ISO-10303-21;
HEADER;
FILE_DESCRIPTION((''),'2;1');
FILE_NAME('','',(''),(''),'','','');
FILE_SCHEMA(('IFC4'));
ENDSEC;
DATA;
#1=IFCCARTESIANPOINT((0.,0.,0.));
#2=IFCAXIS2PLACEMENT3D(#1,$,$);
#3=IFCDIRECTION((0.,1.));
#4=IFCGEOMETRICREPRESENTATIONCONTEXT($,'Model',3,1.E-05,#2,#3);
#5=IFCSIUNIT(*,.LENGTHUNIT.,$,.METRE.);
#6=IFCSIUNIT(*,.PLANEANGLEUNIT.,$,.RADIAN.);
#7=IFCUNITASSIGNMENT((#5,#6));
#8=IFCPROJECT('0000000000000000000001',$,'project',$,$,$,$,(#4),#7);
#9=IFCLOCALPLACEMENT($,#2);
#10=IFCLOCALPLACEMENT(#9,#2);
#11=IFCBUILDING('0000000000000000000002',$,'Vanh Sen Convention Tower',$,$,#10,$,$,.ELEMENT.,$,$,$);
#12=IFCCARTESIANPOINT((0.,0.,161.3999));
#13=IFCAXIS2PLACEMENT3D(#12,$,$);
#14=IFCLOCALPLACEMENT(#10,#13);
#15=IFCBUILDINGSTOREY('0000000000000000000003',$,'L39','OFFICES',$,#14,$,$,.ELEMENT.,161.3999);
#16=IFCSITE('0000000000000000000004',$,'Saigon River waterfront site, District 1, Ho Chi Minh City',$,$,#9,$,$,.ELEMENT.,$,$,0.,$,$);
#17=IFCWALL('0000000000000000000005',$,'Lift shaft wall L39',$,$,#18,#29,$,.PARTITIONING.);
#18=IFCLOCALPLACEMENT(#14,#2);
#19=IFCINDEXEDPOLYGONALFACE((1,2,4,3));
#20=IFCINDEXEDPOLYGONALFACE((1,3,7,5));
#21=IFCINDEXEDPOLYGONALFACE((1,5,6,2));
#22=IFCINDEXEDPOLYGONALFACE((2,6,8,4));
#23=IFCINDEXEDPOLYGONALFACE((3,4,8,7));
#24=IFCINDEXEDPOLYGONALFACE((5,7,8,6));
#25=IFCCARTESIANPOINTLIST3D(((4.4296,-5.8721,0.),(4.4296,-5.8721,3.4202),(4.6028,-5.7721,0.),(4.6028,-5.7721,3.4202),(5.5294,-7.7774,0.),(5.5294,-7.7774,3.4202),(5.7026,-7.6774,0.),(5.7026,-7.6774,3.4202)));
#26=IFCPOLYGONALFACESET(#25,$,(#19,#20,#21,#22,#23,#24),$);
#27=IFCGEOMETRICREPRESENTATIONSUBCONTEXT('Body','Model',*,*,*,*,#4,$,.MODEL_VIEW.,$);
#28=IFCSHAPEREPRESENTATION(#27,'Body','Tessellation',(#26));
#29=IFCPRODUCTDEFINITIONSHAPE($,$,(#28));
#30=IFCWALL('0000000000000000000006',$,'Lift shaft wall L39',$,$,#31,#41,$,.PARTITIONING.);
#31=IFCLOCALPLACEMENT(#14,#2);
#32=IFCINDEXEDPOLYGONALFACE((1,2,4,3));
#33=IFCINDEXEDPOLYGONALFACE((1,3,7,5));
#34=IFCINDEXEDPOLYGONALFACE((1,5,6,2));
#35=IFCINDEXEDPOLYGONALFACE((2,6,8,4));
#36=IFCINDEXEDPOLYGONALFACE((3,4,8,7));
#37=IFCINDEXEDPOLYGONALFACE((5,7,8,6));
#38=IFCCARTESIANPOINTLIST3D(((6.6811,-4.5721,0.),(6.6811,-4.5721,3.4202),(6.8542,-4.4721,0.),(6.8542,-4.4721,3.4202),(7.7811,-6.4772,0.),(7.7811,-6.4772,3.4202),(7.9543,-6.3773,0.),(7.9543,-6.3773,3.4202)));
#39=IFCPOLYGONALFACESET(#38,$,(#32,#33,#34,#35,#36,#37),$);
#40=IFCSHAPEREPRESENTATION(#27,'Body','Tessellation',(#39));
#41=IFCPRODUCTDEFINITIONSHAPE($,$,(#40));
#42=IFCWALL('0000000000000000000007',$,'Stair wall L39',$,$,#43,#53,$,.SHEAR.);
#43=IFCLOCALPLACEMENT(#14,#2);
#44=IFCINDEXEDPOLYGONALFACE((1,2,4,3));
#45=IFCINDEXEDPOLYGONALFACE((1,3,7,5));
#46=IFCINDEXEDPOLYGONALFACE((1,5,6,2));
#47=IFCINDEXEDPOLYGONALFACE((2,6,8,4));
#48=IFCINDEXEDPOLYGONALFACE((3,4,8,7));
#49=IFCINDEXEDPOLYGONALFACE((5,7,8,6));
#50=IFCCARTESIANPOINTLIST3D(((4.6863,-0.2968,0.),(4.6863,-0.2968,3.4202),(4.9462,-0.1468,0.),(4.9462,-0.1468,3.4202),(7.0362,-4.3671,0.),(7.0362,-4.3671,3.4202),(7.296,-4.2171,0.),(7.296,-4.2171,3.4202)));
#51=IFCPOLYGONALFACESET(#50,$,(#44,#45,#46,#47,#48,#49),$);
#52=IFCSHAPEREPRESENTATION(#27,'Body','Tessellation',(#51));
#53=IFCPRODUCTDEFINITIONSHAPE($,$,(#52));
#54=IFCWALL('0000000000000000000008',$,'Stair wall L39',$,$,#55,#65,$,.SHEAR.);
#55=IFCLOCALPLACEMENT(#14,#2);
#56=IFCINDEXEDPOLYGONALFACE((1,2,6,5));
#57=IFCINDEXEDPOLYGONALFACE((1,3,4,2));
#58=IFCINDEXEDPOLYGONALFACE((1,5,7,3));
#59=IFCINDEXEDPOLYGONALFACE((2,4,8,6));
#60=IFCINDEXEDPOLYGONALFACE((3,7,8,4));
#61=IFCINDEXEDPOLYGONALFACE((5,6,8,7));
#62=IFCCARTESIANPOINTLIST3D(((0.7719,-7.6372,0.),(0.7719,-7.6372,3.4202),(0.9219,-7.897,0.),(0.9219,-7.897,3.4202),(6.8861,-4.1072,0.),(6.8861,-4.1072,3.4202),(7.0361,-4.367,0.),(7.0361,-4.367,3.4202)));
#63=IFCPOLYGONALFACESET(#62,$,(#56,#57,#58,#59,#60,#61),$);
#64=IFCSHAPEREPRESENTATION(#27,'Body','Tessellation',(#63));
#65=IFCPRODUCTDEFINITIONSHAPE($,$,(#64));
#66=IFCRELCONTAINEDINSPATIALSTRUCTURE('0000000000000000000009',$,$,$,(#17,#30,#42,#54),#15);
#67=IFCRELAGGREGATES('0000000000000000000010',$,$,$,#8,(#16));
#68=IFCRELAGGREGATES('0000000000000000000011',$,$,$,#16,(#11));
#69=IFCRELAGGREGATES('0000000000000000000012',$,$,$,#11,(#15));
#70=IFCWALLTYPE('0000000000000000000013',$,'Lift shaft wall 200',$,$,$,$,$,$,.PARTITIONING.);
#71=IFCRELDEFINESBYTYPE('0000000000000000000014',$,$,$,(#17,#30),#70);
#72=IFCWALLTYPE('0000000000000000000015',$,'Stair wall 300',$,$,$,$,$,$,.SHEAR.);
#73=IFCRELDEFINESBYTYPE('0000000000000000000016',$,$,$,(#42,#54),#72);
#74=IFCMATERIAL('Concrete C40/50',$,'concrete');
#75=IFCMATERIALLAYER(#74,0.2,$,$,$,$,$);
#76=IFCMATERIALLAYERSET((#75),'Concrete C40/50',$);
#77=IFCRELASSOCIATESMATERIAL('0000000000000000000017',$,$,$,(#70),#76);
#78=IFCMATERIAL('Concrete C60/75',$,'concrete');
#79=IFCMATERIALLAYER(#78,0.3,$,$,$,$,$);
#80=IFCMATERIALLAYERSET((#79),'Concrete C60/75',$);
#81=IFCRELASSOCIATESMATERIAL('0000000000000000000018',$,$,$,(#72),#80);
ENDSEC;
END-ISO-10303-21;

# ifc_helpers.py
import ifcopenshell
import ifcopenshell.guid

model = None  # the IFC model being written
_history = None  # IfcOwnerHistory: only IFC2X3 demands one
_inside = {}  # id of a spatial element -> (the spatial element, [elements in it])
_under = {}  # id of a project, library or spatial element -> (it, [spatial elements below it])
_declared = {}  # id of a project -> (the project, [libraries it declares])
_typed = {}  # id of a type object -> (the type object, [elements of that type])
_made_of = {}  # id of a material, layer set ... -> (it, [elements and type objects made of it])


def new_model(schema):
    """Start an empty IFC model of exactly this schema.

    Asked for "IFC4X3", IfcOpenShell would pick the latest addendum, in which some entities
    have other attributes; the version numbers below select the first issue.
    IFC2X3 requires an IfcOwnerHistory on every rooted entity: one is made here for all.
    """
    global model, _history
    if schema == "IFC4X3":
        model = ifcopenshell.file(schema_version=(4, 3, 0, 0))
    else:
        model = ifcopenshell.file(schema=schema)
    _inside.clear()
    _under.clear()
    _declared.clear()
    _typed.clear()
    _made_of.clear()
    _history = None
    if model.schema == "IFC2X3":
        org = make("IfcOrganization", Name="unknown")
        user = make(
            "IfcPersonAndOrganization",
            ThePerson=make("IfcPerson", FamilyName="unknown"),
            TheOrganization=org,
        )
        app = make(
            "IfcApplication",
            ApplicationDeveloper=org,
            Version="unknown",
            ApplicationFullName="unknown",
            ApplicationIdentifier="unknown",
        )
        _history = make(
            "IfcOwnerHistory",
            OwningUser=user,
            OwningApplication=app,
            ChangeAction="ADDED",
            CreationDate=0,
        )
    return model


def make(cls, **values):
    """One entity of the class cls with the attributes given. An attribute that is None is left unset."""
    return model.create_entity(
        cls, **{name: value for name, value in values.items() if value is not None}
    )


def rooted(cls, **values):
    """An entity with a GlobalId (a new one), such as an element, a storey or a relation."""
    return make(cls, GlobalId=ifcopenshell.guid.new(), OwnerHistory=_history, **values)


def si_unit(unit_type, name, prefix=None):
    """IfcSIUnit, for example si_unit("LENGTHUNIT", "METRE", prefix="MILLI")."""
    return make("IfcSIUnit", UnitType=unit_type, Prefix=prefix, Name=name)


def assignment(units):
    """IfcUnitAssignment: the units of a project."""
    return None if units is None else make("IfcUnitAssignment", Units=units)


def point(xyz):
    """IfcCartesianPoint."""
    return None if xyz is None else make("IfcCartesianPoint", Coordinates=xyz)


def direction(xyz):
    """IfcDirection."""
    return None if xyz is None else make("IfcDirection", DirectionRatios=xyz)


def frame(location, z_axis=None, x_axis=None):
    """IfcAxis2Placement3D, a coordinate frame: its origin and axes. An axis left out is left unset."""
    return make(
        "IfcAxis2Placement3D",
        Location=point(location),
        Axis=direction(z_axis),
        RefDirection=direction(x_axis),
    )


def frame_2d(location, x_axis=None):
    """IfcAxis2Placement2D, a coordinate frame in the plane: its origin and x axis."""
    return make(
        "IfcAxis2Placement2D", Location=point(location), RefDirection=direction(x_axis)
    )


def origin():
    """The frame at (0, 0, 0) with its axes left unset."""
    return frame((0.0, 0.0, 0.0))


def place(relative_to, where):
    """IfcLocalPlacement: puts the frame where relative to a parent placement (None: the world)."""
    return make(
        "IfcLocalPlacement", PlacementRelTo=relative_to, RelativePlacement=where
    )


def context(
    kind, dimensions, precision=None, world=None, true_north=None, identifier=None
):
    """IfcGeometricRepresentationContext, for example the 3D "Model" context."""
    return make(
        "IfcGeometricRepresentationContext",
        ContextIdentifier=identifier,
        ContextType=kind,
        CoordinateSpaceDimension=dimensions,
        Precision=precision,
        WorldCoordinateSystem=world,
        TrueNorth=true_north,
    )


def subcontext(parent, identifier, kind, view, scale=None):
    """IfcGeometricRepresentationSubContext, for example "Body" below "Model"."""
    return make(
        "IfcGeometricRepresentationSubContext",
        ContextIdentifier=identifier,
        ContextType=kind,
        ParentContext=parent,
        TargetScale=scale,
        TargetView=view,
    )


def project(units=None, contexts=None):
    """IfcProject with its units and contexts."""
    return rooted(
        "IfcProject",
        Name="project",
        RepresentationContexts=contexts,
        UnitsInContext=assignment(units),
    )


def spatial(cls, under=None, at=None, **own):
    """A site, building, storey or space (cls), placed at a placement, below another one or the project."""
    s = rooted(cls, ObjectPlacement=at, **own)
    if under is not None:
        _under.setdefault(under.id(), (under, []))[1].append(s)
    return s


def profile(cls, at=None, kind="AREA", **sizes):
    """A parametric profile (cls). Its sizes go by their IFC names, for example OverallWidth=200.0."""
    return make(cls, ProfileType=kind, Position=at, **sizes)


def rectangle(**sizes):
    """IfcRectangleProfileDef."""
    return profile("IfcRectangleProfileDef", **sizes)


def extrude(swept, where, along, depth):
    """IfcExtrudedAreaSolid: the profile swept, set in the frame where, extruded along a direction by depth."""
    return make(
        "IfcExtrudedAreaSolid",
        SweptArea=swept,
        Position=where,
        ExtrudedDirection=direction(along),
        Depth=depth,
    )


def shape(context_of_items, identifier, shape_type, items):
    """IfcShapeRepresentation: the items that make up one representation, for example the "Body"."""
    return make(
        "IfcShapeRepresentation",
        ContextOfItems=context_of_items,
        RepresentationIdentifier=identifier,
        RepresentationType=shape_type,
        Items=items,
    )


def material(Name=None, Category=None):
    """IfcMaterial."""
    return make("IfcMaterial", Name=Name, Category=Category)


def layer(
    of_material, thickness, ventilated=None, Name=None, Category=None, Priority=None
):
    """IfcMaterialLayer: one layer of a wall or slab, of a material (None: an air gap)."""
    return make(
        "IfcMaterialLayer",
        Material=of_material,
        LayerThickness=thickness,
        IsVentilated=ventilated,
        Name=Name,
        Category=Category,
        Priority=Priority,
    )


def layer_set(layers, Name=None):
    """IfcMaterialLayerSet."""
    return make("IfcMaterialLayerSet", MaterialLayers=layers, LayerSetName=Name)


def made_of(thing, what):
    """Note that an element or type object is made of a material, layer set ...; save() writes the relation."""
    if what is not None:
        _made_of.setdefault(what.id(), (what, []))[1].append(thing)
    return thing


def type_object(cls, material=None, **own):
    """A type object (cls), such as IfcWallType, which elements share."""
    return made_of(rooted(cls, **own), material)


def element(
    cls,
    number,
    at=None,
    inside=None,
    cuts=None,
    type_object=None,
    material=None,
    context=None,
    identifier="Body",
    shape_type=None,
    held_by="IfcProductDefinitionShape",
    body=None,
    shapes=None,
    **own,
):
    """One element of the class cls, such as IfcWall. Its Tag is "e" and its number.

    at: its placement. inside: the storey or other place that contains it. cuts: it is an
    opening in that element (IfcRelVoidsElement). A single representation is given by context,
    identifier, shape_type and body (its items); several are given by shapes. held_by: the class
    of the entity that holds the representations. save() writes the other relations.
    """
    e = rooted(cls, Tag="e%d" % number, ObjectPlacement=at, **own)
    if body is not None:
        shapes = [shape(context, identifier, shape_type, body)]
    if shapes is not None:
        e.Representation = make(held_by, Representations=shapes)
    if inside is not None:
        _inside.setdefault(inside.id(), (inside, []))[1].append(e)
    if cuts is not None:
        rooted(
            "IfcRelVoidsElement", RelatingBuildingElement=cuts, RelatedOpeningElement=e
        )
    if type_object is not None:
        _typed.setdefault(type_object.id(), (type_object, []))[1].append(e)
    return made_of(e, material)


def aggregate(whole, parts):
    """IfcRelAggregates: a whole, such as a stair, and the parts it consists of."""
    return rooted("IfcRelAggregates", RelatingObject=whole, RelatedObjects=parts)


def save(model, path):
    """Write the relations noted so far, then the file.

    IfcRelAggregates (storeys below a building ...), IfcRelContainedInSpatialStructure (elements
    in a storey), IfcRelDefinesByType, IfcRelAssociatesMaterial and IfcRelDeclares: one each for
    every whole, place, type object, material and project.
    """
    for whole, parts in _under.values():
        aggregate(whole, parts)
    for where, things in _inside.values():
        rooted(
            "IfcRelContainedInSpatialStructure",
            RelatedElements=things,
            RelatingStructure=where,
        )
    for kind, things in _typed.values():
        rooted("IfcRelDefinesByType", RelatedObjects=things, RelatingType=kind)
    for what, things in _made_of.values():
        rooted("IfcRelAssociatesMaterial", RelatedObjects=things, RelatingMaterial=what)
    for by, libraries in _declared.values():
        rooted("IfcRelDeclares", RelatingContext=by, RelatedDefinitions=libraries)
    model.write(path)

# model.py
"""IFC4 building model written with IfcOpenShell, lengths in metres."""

from ifc_helpers import new_model, si_unit, direction, frame, frame_2d, origin, place, context, subcontext, project, spatial, rectangle, extrude, material, layer, layer_set, type_object, element, save


model = new_model("IFC4")

# Units and contexts
model_context = context("Model", 3, precision=1e-05, world=origin(), true_north=direction((0.0, 1.0)))
body_context = subcontext(model_context, "Body", "Model", "MODEL_VIEW")
ifc_project = project(units=[si_unit("LENGTHUNIT", "METRE"), si_unit("PLANEANGLEUNIT", "RADIAN")], contexts=[model_context])

# Site, building, storey
site_placement = place(None, origin())
site = spatial("IfcSite", under=ifc_project, at=site_placement, Name="Saigon River waterfront site, District 1, Ho Chi Minh City", CompositionType="ELEMENT", RefElevation=0.0)
building_placement = place(site_placement, origin())
building = spatial("IfcBuilding", under=site, at=building_placement, Name="Vanh Sen Convention Tower", CompositionType="ELEMENT")
storey_placement = place(building_placement, frame((0.0, 0.0, 161.3999)))
storey = spatial("IfcBuildingStorey", under=building, at=storey_placement, Name="L39", Description="OFFICES", CompositionType="ELEMENT", Elevation=161.3999)

# Shared definitions
ifc_material_1 = material(Name="Concrete C40/50", Category="concrete")

# Walls
ifc_layer_1 = layer(ifc_material_1, 0.2)
ifc_layer_set_1 = layer_set([ifc_layer_1], Name="Concrete C40/50")
wall_type_1 = type_object("IfcWallType", Name="Lift shaft wall 200", PredefinedType="PARTITIONING", material=ifc_layer_set_1)
for number, where, z_axis, x_axis, name in (
    (1, (4.5161, -5.822, 0.0), (0.0, 0.0, 1.0), (0.499947, -0.866056, 0.0), "Lift shaft wall L39"),
    (2, (6.7676, -4.522, 0.0), (0.0, 0.0, 1.0), (0.50003, -0.866008, 0.0), "Lift shaft wall L39"),
):
    element("IfcWall", number, at=place(storey_placement, frame(where, z_axis=z_axis, x_axis=x_axis)), inside=storey, type_object=wall_type_1, Name=name, PredefinedType="PARTITIONING", context=body_context, shape_type="SweptSolid", body=[
        extrude(rectangle(XDim=2.2, YDim=0.2, at=frame_2d((1.1001, 0.0))), origin(), (0.0, 0.0, 1.0), 3.4202),
    ])
ifc_material_2 = material(Name="Concrete C60/75", Category="concrete")
ifc_layer_2 = layer(ifc_material_2, 0.3)
ifc_layer_set_2 = layer_set([ifc_layer_2], Name="Concrete C60/75")
wall_type_2 = type_object("IfcWallType", Name="Stair wall 300", PredefinedType="SHEAR", material=ifc_layer_set_2)
wall_1_placement = place(storey_placement, frame((4.8162, -0.2217, 0.0), z_axis=(0.0, 0.0, 1.0), x_axis=(0.499977, -0.866039, 0.0)))
element("IfcWall", 3, at=wall_1_placement, inside=storey, type_object=wall_type_2, Name="Stair wall L39", PredefinedType="SHEAR", context=body_context, shape_type="SweptSolid", body=[
    extrude(rectangle(XDim=4.7, YDim=0.3, at=frame_2d((2.3501, 0.0))), origin(), (0.0, 0.0, 1.0), 3.4202),
])
wall_2_placement = place(storey_placement, frame((0.8469, -7.7671, 0.0), z_axis=(0.0, 0.0, 1.0), x_axis=(0.866028, 0.499996, 0.0)))
element("IfcWall", 4, at=wall_2_placement, inside=storey, type_object=wall_type_2, Name="Stair wall L39", PredefinedType="SHEAR", context=body_context, shape_type="SweptSolid", body=[
    extrude(rectangle(XDim=7.0601, YDim=0.3, at=frame_2d((3.53, 0.0))), origin(), (0.0, 0.0, 1.0), 3.4202),
])

save(model, "model.ifc")
